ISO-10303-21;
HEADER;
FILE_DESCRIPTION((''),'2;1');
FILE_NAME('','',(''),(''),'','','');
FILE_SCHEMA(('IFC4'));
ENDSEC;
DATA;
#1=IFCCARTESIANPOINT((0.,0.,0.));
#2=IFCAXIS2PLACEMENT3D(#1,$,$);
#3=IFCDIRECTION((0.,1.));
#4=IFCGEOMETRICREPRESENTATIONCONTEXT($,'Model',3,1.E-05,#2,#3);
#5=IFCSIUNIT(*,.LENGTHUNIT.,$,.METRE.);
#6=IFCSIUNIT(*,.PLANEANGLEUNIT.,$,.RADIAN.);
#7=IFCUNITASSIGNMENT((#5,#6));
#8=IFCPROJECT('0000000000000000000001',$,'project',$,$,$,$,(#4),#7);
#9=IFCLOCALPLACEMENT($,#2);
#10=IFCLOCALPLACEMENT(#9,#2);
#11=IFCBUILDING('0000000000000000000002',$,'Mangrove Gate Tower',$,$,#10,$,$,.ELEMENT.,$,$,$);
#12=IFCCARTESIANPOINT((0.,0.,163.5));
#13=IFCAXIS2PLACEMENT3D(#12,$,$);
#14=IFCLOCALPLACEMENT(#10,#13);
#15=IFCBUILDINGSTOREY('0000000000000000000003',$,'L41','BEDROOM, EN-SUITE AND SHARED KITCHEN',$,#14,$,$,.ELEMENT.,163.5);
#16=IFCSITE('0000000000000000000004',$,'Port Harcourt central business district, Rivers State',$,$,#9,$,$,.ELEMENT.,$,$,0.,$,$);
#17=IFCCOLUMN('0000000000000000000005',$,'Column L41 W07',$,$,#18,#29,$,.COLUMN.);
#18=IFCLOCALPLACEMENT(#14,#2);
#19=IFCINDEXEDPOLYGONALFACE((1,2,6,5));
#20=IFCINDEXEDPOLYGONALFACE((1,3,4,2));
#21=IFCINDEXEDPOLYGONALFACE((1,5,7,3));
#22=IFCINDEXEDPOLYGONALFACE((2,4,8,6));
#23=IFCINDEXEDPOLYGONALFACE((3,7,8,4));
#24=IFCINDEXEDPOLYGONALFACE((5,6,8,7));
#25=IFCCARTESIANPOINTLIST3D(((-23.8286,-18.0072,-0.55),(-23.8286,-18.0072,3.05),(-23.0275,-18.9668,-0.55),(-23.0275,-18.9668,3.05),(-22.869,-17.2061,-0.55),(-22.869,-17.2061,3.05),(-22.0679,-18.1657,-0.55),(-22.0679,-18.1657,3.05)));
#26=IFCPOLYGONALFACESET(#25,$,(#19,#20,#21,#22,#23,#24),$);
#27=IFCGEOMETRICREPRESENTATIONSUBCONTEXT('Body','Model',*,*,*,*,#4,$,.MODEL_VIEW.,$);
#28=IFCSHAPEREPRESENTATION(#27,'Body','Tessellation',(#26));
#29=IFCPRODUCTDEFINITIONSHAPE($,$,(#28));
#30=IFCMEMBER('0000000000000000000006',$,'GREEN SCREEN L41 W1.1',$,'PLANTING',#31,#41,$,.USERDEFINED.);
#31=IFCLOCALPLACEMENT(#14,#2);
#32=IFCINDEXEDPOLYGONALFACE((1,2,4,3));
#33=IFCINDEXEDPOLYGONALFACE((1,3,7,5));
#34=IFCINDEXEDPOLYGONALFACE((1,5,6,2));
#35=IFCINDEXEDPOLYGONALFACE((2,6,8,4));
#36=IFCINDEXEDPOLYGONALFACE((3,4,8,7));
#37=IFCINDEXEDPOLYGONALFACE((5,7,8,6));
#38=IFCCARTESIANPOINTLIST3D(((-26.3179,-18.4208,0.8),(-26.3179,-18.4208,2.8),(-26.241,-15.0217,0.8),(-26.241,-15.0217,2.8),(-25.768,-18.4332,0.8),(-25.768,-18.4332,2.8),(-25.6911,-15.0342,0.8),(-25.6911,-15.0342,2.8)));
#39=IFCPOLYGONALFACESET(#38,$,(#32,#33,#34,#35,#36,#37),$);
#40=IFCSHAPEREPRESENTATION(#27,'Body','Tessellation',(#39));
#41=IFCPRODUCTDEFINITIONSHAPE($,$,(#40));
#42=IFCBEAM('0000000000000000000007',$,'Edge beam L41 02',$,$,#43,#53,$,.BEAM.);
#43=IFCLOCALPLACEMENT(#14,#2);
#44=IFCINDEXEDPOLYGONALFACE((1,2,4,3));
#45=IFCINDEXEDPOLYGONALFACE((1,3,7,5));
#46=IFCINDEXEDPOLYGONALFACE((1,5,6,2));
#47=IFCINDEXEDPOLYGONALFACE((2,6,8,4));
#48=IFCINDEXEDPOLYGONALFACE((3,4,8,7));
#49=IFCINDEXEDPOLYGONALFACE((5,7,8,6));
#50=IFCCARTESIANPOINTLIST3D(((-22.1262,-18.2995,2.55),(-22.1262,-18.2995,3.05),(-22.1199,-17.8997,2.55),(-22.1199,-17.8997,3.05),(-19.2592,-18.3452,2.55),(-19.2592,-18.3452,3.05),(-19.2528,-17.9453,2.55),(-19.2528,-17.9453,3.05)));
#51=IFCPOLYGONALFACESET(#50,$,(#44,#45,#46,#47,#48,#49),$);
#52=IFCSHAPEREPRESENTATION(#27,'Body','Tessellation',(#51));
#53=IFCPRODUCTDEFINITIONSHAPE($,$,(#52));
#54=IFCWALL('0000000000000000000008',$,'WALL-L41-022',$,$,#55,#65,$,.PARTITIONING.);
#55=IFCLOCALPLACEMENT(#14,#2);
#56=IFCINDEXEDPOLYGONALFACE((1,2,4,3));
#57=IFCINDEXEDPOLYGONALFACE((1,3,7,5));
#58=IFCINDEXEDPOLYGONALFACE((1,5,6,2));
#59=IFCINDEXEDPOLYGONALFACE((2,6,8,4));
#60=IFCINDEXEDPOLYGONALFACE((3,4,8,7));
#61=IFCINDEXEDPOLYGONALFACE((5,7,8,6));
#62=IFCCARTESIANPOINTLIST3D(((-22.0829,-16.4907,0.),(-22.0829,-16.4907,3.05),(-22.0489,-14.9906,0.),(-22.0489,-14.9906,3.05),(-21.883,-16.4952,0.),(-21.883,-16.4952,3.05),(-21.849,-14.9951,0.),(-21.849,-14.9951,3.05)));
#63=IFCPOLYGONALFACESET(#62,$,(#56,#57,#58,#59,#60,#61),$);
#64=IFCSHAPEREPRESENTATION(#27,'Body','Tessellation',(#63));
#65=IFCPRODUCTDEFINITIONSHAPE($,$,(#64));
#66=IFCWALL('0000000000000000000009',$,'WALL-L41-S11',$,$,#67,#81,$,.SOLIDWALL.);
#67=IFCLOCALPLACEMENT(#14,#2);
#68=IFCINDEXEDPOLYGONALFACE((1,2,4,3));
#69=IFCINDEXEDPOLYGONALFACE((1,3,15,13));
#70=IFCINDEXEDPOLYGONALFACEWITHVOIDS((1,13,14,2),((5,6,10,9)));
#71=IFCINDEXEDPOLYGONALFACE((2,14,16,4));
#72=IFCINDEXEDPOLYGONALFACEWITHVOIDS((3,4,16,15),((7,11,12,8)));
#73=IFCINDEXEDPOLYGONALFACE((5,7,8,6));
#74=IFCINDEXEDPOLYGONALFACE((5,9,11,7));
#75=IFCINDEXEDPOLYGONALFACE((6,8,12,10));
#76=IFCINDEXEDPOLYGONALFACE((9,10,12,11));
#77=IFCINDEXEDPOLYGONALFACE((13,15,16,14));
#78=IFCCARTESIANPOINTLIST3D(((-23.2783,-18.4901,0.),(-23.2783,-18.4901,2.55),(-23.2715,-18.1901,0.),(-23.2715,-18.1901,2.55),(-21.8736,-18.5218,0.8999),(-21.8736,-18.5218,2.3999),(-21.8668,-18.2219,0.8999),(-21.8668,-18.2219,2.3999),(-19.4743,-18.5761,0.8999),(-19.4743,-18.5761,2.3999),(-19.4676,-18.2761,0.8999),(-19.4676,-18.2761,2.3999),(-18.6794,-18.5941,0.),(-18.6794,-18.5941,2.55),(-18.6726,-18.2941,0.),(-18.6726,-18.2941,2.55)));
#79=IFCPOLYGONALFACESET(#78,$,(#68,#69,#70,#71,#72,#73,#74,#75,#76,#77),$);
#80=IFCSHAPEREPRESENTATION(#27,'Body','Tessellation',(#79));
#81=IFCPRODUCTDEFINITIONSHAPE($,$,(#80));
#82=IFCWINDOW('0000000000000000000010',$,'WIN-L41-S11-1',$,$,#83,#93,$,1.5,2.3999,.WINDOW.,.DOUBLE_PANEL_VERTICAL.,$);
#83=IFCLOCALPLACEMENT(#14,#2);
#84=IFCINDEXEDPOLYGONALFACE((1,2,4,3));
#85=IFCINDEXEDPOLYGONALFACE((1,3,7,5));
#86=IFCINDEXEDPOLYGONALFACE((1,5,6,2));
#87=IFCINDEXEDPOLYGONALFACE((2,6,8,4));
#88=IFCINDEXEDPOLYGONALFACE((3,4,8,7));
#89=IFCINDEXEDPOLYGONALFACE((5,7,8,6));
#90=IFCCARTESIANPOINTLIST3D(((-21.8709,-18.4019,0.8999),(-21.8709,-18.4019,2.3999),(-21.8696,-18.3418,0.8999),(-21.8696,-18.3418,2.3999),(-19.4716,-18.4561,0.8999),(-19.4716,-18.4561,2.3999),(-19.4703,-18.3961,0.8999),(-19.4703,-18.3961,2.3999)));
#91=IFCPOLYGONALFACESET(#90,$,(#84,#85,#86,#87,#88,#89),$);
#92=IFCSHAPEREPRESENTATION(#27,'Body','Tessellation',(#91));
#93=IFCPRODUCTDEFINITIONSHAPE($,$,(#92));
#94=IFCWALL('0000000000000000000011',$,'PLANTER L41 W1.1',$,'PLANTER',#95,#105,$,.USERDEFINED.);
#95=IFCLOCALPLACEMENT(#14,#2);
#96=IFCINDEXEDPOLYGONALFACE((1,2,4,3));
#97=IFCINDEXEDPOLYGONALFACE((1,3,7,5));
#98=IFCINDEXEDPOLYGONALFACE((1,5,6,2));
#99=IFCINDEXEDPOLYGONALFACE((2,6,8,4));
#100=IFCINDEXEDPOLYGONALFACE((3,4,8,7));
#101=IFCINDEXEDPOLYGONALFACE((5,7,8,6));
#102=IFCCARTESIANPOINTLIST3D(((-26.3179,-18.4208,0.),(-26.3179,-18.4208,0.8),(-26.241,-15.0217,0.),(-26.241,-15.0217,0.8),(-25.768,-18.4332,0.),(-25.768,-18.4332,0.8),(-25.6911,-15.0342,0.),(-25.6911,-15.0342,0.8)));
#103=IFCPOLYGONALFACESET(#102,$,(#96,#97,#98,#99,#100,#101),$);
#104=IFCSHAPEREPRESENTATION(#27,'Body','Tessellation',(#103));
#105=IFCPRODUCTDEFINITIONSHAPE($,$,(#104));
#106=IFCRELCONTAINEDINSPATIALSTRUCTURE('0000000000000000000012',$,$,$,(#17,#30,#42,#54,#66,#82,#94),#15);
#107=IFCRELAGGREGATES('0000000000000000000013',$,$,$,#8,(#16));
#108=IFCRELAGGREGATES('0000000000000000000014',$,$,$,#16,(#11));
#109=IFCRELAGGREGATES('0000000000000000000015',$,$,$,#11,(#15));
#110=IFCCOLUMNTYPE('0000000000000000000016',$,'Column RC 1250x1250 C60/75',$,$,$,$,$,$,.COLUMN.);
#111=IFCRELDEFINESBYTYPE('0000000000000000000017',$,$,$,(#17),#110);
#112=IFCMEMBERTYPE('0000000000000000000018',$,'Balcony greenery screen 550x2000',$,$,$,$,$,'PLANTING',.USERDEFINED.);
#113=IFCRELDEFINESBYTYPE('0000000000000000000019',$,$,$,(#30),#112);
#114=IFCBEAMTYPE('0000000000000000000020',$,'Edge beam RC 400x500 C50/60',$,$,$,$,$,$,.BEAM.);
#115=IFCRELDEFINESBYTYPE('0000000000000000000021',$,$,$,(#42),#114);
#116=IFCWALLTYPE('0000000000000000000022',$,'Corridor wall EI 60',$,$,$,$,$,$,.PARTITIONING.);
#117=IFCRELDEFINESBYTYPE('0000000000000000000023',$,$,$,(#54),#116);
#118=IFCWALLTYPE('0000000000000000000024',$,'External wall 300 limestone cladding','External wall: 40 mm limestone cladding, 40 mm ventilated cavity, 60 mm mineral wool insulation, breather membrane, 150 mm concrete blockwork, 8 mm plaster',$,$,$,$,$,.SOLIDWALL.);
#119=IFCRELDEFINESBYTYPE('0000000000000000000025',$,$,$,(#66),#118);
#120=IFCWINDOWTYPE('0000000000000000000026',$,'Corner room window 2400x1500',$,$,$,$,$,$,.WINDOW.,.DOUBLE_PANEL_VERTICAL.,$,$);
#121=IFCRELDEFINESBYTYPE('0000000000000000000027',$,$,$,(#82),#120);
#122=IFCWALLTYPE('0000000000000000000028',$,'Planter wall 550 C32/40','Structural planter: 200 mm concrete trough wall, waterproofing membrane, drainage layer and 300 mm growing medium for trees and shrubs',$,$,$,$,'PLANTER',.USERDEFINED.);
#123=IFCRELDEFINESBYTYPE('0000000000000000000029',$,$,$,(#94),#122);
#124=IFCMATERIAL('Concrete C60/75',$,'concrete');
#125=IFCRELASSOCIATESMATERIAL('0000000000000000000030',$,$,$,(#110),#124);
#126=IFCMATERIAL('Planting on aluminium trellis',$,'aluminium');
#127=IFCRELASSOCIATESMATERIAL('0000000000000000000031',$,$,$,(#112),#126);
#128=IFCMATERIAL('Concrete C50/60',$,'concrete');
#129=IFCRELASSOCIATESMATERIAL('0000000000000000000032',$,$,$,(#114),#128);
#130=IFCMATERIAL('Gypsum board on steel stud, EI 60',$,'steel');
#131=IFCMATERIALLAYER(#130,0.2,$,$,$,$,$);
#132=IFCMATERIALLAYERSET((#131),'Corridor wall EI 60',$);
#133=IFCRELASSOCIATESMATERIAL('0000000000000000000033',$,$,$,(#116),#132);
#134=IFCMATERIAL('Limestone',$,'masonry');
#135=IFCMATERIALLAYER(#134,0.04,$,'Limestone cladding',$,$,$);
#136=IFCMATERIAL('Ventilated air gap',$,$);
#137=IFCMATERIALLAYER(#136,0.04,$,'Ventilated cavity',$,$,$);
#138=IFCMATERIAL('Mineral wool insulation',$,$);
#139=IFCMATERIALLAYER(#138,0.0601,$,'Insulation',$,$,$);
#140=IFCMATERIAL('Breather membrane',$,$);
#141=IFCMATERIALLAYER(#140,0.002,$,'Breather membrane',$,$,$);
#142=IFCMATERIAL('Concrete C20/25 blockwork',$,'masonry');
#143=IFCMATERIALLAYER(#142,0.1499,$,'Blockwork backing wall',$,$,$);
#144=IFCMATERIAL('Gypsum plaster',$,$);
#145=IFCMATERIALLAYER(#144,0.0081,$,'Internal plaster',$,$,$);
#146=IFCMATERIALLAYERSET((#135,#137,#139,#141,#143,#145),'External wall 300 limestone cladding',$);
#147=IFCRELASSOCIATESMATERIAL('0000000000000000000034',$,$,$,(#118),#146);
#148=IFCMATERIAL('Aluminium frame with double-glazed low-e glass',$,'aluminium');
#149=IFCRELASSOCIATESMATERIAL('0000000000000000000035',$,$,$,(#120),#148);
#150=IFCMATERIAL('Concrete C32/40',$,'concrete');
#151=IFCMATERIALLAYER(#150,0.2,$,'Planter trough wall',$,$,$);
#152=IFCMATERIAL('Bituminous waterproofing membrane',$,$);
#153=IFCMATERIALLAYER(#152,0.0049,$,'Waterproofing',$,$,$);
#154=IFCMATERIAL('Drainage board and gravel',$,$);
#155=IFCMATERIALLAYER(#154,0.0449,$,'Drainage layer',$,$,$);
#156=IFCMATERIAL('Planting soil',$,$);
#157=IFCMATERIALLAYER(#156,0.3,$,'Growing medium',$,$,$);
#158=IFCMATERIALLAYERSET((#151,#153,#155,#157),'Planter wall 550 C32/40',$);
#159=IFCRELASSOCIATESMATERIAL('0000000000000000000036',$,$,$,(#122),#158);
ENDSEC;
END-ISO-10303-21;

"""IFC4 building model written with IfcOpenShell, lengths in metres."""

from ifc_helpers import new_model, si_unit, direction, frame, frame_2d, origin, origin_2d, place, context, subcontext, project, spatial, rectangle, extrude, material, layer, layer_set, material_profile, profile_set, type_object, element, fill, save


model = new_model("IFC4")

# Units and contexts
model_context = context("Model", 3, precision=1e-05, world=origin(), true_north=direction((0.0, 1.0)))
body_context = subcontext(model_context, "Body", "Model", "MODEL_VIEW")
ifc_project = project(units=[si_unit("LENGTHUNIT", "METRE"), si_unit("PLANEANGLEUNIT", "RADIAN")], contexts=[model_context])

# Site, building, storey
site_placement = place(None, origin())
site = spatial("IfcSite", under=ifc_project, at=site_placement, Name="Port Harcourt central business district, Rivers State", CompositionType="ELEMENT", RefElevation=0.0)
building_placement = place(site_placement, origin())
building = spatial("IfcBuilding", under=site, at=building_placement, Name="Mangrove Gate Tower", CompositionType="ELEMENT")
storey_placement = place(building_placement, frame((0.0, 0.0, 163.5)))
storey = spatial("IfcBuildingStorey", under=building, at=storey_placement, Name="L41", Description="BEDROOM, EN-SUITE AND SHARED KITCHEN", CompositionType="ELEMENT", Elevation=163.5)

# Column
ifc_material_1 = material(Name="Concrete C60/75", Category="concrete")
ifc_material_profile_1 = material_profile(ifc_material_1, rectangle(XDim=1.25, YDim=1.25, at=origin_2d()))
ifc_profile_set_1 = profile_set([ifc_material_profile_1], Name="Concrete C60/75")
column_type = type_object("IfcColumnType", Name="Column RC 1250x1250 C60/75", PredefinedType="COLUMN", material=ifc_profile_set_1)
column_placement = place(storey_placement, frame((-22.9482, -18.0864, -0.55), z_axis=(0.0, 0.0, 1.0), x_axis=(0.640874, -0.767646, 0.0)))
element("IfcColumn", 1, at=column_placement, inside=storey, type_object=column_type, Name="Column L41 W07", PredefinedType="COLUMN", context=body_context, shape_type="SweptSolid", body=[
    extrude(rectangle(XDim=1.25, YDim=1.25, at=origin_2d()), origin(), (0.0, 0.0, 1.0), 3.6001),
])

# Member
ifc_material_2 = material(Name="Planting on aluminium trellis", Category="aluminium")
ifc_material_profile_2 = material_profile(ifc_material_2, rectangle(XDim=0.55, YDim=2.0, at=origin_2d()))
ifc_profile_set_2 = profile_set([ifc_material_profile_2], Name="Planting on aluminium trellis")
member_type = type_object("IfcMemberType", Name="Balcony greenery screen 550x2000", ElementType="PLANTING", PredefinedType="USERDEFINED", material=ifc_profile_set_2)
member_placement = place(storey_placement, frame((-26.043, -18.427, 1.8), z_axis=(0.02262, 0.999744, 0.0), x_axis=(-0.999744, 0.02262, 0.0)))
element("IfcMember", 2, at=member_placement, inside=storey, type_object=member_type, Name="GREEN SCREEN L41 W1.1", ObjectType="PLANTING", PredefinedType="USERDEFINED", context=body_context, shape_type="SweptSolid", body=[
    extrude(rectangle(XDim=0.55, YDim=2.0, at=origin_2d()), origin(), (0.0, 0.0, 1.0), 3.3999),
])

# Beam
ifc_material_3 = material(Name="Concrete C50/60", Category="concrete")
ifc_material_profile_3 = material_profile(ifc_material_3, rectangle(XDim=0.3999, YDim=0.5, at=origin_2d()))
ifc_profile_set_3 = profile_set([ifc_material_profile_3], Name="Concrete C50/60")
beam_type = type_object("IfcBeamType", Name="Edge beam RC 400x500 C50/60", PredefinedType="BEAM", material=ifc_profile_set_3)
beam_placement = place(storey_placement, frame((-22.123, -18.0996, 2.8), z_axis=(0.999873, -0.015921, 0.0), x_axis=(0.015921, 0.999873, 0.0)))
element("IfcBeam", 3, at=beam_placement, inside=storey, type_object=beam_type, Name="Edge beam L41 02", PredefinedType="BEAM", context=body_context, shape_type="SweptSolid", body=[
    extrude(rectangle(XDim=0.3999, YDim=0.5, at=origin_2d()), origin(), (0.0, 0.0, 1.0), 2.8674),
])

# Wall
ifc_material_4 = material(Name="Gypsum board on steel stud, EI 60", Category="steel")
ifc_layer_1 = layer(ifc_material_4, 0.2)
ifc_layer_set_1 = layer_set([ifc_layer_1], Name="Corridor wall EI 60")
wall_type_1 = type_object("IfcWallType", Name="Corridor wall EI 60", PredefinedType="PARTITIONING", material=ifc_layer_set_1)
wall_1_placement = place(storey_placement, frame((-21.9829, -16.4929, 0.0), z_axis=(0.0, 0.0, 1.0), x_axis=(0.022618, 0.999744, 0.0)))
element("IfcWall", 4, at=wall_1_placement, inside=storey, type_object=wall_type_1, Name="WALL-L41-022", PredefinedType="PARTITIONING", context=body_context, shape_type="SweptSolid", body=[
    extrude(rectangle(XDim=1.5005, YDim=0.2, at=frame_2d((0.7502, 0.0))), origin(), (0.0, 0.0, 1.0), 3.05),
])

# Wall, opening, window
ifc_material_5 = material(Name="Limestone", Category="masonry")
ifc_layer_2 = layer(ifc_material_5, 0.04, Name="Limestone cladding")
ifc_material_6 = material(Name="Ventilated air gap")
ifc_layer_3 = layer(ifc_material_6, 0.04, Name="Ventilated cavity")
ifc_material_7 = material(Name="Mineral wool insulation")
ifc_layer_4 = layer(ifc_material_7, 0.0601, Name="Insulation")
ifc_material_8 = material(Name="Breather membrane")
ifc_layer_5 = layer(ifc_material_8, 0.002, Name="Breather membrane")
ifc_material_9 = material(Name="Concrete C20/25 blockwork", Category="masonry")
ifc_layer_6 = layer(ifc_material_9, 0.1499, Name="Blockwork backing wall")
ifc_material_10 = material(Name="Gypsum plaster")
ifc_layer_7 = layer(ifc_material_10, 0.0081, Name="Internal plaster")
ifc_layer_set_2 = layer_set([ifc_layer_2, ifc_layer_3, ifc_layer_4, ifc_layer_5, ifc_layer_6, ifc_layer_7], Name="External wall 300 limestone cladding")
wall_type_2 = type_object("IfcWallType", Name="External wall 300 limestone cladding", Description="External wall: 40 mm limestone cladding, 40 mm ventilated cavity, 60 mm mineral wool insulation, breather membrane, 150 mm concrete blockwork, 8 mm plaster", PredefinedType="SOLIDWALL", material=ifc_layer_set_2)
wall_2_placement = place(storey_placement, frame((-23.2749, -18.3401, 0.0), z_axis=(0.0, 0.0, 1.0), x_axis=(0.999744, -0.022609, 0.0)))
wall_2 = element("IfcWall", 5, at=wall_2_placement, inside=storey, type_object=wall_type_2, Name="WALL-L41-S11", PredefinedType="SOLIDWALL", context=body_context, shape_type="SweptSolid", body=[
    extrude(rectangle(XDim=4.6001, YDim=0.3, at=frame_2d((2.3, 0.0))), origin(), (0.0, 0.0, 1.0), 2.55),
])
opening_1_placement = place(wall_2_placement, frame((1.405, 0.0, 0.8999)))
opening_1 = element("IfcOpeningElement", 6, at=opening_1_placement, cuts=wall_2, PredefinedType="OPENING", context=body_context, shape_type="SweptSolid", body=[
    extrude(rectangle(XDim=2.3999, YDim=1.5, at=frame_2d((1.2, 0.75))), frame((0.0, 0.1599, 0.0), z_axis=(0.0, -1.0, 0.0), x_axis=(1.0, 0.0, 0.0)), (0.0, 0.0, 1.0), 0.3201),
])
ifc_material_11 = material(Name="Aluminium frame with double-glazed low-e glass", Category="aluminium")
window_type = type_object("IfcWindowType", Name="Corner room window 2400x1500", PartitioningType="DOUBLE_PANEL_VERTICAL", PredefinedType="WINDOW", material=ifc_material_11)
window_1_placement = place(opening_1_placement, origin())
window_1 = element("IfcWindow", 7, at=window_1_placement, inside=storey, type_object=window_type, Name="WIN-L41-S11-1", OverallHeight=1.5, OverallWidth=2.3999, PartitioningType="DOUBLE_PANEL_VERTICAL", PredefinedType="WINDOW", context=body_context, shape_type="SweptSolid", body=[
    extrude(rectangle(XDim=2.3999, YDim=1.5, at=frame_2d((1.2, 0.75))), frame((0.0, 0.03, 0.0), z_axis=(0.0, -1.0, 0.0), x_axis=(1.0, 0.0, 0.0)), (0.0, 0.0, 1.0), 0.0601),
])
fill(opening_1, window_1)

# Wall
ifc_material_12 = material(Name="Concrete C32/40", Category="concrete")
ifc_layer_8 = layer(ifc_material_12, 0.2, Name="Planter trough wall")
ifc_material_13 = material(Name="Bituminous waterproofing membrane")
ifc_layer_9 = layer(ifc_material_13, 0.0049, Name="Waterproofing")
ifc_material_14 = material(Name="Drainage board and gravel")
ifc_layer_10 = layer(ifc_material_14, 0.0449, Name="Drainage layer")
ifc_material_15 = material(Name="Planting soil")
ifc_layer_11 = layer(ifc_material_15, 0.3, Name="Growing medium")
ifc_layer_set_3 = layer_set([ifc_layer_8, ifc_layer_9, ifc_layer_10, ifc_layer_11], Name="Planter wall 550 C32/40")
wall_type_3 = type_object("IfcWallType", Name="Planter wall 550 C32/40", Description="Structural planter: 200 mm concrete trough wall, waterproofing membrane, drainage layer and 300 mm growing medium for trees and shrubs", ElementType="PLANTER", PredefinedType="USERDEFINED", material=ifc_layer_set_3)
wall_3_placement = place(storey_placement, frame((-26.043, -18.427, 0.0), z_axis=(0.0, 0.0, 1.0), x_axis=(0.02262, 0.999744, 0.0)))
element("IfcWall", 8, at=wall_3_placement, inside=storey, type_object=wall_type_3, Name="PLANTER L41 W1.1", ObjectType="PLANTER", PredefinedType="USERDEFINED", context=body_context, shape_type="SweptSolid", body=[
    extrude(rectangle(XDim=3.3999, YDim=0.55, at=frame_2d((1.7, 0.0))), origin(), (0.0, 0.0, 1.0), 0.8),
])

save(model, "model.ifc")
